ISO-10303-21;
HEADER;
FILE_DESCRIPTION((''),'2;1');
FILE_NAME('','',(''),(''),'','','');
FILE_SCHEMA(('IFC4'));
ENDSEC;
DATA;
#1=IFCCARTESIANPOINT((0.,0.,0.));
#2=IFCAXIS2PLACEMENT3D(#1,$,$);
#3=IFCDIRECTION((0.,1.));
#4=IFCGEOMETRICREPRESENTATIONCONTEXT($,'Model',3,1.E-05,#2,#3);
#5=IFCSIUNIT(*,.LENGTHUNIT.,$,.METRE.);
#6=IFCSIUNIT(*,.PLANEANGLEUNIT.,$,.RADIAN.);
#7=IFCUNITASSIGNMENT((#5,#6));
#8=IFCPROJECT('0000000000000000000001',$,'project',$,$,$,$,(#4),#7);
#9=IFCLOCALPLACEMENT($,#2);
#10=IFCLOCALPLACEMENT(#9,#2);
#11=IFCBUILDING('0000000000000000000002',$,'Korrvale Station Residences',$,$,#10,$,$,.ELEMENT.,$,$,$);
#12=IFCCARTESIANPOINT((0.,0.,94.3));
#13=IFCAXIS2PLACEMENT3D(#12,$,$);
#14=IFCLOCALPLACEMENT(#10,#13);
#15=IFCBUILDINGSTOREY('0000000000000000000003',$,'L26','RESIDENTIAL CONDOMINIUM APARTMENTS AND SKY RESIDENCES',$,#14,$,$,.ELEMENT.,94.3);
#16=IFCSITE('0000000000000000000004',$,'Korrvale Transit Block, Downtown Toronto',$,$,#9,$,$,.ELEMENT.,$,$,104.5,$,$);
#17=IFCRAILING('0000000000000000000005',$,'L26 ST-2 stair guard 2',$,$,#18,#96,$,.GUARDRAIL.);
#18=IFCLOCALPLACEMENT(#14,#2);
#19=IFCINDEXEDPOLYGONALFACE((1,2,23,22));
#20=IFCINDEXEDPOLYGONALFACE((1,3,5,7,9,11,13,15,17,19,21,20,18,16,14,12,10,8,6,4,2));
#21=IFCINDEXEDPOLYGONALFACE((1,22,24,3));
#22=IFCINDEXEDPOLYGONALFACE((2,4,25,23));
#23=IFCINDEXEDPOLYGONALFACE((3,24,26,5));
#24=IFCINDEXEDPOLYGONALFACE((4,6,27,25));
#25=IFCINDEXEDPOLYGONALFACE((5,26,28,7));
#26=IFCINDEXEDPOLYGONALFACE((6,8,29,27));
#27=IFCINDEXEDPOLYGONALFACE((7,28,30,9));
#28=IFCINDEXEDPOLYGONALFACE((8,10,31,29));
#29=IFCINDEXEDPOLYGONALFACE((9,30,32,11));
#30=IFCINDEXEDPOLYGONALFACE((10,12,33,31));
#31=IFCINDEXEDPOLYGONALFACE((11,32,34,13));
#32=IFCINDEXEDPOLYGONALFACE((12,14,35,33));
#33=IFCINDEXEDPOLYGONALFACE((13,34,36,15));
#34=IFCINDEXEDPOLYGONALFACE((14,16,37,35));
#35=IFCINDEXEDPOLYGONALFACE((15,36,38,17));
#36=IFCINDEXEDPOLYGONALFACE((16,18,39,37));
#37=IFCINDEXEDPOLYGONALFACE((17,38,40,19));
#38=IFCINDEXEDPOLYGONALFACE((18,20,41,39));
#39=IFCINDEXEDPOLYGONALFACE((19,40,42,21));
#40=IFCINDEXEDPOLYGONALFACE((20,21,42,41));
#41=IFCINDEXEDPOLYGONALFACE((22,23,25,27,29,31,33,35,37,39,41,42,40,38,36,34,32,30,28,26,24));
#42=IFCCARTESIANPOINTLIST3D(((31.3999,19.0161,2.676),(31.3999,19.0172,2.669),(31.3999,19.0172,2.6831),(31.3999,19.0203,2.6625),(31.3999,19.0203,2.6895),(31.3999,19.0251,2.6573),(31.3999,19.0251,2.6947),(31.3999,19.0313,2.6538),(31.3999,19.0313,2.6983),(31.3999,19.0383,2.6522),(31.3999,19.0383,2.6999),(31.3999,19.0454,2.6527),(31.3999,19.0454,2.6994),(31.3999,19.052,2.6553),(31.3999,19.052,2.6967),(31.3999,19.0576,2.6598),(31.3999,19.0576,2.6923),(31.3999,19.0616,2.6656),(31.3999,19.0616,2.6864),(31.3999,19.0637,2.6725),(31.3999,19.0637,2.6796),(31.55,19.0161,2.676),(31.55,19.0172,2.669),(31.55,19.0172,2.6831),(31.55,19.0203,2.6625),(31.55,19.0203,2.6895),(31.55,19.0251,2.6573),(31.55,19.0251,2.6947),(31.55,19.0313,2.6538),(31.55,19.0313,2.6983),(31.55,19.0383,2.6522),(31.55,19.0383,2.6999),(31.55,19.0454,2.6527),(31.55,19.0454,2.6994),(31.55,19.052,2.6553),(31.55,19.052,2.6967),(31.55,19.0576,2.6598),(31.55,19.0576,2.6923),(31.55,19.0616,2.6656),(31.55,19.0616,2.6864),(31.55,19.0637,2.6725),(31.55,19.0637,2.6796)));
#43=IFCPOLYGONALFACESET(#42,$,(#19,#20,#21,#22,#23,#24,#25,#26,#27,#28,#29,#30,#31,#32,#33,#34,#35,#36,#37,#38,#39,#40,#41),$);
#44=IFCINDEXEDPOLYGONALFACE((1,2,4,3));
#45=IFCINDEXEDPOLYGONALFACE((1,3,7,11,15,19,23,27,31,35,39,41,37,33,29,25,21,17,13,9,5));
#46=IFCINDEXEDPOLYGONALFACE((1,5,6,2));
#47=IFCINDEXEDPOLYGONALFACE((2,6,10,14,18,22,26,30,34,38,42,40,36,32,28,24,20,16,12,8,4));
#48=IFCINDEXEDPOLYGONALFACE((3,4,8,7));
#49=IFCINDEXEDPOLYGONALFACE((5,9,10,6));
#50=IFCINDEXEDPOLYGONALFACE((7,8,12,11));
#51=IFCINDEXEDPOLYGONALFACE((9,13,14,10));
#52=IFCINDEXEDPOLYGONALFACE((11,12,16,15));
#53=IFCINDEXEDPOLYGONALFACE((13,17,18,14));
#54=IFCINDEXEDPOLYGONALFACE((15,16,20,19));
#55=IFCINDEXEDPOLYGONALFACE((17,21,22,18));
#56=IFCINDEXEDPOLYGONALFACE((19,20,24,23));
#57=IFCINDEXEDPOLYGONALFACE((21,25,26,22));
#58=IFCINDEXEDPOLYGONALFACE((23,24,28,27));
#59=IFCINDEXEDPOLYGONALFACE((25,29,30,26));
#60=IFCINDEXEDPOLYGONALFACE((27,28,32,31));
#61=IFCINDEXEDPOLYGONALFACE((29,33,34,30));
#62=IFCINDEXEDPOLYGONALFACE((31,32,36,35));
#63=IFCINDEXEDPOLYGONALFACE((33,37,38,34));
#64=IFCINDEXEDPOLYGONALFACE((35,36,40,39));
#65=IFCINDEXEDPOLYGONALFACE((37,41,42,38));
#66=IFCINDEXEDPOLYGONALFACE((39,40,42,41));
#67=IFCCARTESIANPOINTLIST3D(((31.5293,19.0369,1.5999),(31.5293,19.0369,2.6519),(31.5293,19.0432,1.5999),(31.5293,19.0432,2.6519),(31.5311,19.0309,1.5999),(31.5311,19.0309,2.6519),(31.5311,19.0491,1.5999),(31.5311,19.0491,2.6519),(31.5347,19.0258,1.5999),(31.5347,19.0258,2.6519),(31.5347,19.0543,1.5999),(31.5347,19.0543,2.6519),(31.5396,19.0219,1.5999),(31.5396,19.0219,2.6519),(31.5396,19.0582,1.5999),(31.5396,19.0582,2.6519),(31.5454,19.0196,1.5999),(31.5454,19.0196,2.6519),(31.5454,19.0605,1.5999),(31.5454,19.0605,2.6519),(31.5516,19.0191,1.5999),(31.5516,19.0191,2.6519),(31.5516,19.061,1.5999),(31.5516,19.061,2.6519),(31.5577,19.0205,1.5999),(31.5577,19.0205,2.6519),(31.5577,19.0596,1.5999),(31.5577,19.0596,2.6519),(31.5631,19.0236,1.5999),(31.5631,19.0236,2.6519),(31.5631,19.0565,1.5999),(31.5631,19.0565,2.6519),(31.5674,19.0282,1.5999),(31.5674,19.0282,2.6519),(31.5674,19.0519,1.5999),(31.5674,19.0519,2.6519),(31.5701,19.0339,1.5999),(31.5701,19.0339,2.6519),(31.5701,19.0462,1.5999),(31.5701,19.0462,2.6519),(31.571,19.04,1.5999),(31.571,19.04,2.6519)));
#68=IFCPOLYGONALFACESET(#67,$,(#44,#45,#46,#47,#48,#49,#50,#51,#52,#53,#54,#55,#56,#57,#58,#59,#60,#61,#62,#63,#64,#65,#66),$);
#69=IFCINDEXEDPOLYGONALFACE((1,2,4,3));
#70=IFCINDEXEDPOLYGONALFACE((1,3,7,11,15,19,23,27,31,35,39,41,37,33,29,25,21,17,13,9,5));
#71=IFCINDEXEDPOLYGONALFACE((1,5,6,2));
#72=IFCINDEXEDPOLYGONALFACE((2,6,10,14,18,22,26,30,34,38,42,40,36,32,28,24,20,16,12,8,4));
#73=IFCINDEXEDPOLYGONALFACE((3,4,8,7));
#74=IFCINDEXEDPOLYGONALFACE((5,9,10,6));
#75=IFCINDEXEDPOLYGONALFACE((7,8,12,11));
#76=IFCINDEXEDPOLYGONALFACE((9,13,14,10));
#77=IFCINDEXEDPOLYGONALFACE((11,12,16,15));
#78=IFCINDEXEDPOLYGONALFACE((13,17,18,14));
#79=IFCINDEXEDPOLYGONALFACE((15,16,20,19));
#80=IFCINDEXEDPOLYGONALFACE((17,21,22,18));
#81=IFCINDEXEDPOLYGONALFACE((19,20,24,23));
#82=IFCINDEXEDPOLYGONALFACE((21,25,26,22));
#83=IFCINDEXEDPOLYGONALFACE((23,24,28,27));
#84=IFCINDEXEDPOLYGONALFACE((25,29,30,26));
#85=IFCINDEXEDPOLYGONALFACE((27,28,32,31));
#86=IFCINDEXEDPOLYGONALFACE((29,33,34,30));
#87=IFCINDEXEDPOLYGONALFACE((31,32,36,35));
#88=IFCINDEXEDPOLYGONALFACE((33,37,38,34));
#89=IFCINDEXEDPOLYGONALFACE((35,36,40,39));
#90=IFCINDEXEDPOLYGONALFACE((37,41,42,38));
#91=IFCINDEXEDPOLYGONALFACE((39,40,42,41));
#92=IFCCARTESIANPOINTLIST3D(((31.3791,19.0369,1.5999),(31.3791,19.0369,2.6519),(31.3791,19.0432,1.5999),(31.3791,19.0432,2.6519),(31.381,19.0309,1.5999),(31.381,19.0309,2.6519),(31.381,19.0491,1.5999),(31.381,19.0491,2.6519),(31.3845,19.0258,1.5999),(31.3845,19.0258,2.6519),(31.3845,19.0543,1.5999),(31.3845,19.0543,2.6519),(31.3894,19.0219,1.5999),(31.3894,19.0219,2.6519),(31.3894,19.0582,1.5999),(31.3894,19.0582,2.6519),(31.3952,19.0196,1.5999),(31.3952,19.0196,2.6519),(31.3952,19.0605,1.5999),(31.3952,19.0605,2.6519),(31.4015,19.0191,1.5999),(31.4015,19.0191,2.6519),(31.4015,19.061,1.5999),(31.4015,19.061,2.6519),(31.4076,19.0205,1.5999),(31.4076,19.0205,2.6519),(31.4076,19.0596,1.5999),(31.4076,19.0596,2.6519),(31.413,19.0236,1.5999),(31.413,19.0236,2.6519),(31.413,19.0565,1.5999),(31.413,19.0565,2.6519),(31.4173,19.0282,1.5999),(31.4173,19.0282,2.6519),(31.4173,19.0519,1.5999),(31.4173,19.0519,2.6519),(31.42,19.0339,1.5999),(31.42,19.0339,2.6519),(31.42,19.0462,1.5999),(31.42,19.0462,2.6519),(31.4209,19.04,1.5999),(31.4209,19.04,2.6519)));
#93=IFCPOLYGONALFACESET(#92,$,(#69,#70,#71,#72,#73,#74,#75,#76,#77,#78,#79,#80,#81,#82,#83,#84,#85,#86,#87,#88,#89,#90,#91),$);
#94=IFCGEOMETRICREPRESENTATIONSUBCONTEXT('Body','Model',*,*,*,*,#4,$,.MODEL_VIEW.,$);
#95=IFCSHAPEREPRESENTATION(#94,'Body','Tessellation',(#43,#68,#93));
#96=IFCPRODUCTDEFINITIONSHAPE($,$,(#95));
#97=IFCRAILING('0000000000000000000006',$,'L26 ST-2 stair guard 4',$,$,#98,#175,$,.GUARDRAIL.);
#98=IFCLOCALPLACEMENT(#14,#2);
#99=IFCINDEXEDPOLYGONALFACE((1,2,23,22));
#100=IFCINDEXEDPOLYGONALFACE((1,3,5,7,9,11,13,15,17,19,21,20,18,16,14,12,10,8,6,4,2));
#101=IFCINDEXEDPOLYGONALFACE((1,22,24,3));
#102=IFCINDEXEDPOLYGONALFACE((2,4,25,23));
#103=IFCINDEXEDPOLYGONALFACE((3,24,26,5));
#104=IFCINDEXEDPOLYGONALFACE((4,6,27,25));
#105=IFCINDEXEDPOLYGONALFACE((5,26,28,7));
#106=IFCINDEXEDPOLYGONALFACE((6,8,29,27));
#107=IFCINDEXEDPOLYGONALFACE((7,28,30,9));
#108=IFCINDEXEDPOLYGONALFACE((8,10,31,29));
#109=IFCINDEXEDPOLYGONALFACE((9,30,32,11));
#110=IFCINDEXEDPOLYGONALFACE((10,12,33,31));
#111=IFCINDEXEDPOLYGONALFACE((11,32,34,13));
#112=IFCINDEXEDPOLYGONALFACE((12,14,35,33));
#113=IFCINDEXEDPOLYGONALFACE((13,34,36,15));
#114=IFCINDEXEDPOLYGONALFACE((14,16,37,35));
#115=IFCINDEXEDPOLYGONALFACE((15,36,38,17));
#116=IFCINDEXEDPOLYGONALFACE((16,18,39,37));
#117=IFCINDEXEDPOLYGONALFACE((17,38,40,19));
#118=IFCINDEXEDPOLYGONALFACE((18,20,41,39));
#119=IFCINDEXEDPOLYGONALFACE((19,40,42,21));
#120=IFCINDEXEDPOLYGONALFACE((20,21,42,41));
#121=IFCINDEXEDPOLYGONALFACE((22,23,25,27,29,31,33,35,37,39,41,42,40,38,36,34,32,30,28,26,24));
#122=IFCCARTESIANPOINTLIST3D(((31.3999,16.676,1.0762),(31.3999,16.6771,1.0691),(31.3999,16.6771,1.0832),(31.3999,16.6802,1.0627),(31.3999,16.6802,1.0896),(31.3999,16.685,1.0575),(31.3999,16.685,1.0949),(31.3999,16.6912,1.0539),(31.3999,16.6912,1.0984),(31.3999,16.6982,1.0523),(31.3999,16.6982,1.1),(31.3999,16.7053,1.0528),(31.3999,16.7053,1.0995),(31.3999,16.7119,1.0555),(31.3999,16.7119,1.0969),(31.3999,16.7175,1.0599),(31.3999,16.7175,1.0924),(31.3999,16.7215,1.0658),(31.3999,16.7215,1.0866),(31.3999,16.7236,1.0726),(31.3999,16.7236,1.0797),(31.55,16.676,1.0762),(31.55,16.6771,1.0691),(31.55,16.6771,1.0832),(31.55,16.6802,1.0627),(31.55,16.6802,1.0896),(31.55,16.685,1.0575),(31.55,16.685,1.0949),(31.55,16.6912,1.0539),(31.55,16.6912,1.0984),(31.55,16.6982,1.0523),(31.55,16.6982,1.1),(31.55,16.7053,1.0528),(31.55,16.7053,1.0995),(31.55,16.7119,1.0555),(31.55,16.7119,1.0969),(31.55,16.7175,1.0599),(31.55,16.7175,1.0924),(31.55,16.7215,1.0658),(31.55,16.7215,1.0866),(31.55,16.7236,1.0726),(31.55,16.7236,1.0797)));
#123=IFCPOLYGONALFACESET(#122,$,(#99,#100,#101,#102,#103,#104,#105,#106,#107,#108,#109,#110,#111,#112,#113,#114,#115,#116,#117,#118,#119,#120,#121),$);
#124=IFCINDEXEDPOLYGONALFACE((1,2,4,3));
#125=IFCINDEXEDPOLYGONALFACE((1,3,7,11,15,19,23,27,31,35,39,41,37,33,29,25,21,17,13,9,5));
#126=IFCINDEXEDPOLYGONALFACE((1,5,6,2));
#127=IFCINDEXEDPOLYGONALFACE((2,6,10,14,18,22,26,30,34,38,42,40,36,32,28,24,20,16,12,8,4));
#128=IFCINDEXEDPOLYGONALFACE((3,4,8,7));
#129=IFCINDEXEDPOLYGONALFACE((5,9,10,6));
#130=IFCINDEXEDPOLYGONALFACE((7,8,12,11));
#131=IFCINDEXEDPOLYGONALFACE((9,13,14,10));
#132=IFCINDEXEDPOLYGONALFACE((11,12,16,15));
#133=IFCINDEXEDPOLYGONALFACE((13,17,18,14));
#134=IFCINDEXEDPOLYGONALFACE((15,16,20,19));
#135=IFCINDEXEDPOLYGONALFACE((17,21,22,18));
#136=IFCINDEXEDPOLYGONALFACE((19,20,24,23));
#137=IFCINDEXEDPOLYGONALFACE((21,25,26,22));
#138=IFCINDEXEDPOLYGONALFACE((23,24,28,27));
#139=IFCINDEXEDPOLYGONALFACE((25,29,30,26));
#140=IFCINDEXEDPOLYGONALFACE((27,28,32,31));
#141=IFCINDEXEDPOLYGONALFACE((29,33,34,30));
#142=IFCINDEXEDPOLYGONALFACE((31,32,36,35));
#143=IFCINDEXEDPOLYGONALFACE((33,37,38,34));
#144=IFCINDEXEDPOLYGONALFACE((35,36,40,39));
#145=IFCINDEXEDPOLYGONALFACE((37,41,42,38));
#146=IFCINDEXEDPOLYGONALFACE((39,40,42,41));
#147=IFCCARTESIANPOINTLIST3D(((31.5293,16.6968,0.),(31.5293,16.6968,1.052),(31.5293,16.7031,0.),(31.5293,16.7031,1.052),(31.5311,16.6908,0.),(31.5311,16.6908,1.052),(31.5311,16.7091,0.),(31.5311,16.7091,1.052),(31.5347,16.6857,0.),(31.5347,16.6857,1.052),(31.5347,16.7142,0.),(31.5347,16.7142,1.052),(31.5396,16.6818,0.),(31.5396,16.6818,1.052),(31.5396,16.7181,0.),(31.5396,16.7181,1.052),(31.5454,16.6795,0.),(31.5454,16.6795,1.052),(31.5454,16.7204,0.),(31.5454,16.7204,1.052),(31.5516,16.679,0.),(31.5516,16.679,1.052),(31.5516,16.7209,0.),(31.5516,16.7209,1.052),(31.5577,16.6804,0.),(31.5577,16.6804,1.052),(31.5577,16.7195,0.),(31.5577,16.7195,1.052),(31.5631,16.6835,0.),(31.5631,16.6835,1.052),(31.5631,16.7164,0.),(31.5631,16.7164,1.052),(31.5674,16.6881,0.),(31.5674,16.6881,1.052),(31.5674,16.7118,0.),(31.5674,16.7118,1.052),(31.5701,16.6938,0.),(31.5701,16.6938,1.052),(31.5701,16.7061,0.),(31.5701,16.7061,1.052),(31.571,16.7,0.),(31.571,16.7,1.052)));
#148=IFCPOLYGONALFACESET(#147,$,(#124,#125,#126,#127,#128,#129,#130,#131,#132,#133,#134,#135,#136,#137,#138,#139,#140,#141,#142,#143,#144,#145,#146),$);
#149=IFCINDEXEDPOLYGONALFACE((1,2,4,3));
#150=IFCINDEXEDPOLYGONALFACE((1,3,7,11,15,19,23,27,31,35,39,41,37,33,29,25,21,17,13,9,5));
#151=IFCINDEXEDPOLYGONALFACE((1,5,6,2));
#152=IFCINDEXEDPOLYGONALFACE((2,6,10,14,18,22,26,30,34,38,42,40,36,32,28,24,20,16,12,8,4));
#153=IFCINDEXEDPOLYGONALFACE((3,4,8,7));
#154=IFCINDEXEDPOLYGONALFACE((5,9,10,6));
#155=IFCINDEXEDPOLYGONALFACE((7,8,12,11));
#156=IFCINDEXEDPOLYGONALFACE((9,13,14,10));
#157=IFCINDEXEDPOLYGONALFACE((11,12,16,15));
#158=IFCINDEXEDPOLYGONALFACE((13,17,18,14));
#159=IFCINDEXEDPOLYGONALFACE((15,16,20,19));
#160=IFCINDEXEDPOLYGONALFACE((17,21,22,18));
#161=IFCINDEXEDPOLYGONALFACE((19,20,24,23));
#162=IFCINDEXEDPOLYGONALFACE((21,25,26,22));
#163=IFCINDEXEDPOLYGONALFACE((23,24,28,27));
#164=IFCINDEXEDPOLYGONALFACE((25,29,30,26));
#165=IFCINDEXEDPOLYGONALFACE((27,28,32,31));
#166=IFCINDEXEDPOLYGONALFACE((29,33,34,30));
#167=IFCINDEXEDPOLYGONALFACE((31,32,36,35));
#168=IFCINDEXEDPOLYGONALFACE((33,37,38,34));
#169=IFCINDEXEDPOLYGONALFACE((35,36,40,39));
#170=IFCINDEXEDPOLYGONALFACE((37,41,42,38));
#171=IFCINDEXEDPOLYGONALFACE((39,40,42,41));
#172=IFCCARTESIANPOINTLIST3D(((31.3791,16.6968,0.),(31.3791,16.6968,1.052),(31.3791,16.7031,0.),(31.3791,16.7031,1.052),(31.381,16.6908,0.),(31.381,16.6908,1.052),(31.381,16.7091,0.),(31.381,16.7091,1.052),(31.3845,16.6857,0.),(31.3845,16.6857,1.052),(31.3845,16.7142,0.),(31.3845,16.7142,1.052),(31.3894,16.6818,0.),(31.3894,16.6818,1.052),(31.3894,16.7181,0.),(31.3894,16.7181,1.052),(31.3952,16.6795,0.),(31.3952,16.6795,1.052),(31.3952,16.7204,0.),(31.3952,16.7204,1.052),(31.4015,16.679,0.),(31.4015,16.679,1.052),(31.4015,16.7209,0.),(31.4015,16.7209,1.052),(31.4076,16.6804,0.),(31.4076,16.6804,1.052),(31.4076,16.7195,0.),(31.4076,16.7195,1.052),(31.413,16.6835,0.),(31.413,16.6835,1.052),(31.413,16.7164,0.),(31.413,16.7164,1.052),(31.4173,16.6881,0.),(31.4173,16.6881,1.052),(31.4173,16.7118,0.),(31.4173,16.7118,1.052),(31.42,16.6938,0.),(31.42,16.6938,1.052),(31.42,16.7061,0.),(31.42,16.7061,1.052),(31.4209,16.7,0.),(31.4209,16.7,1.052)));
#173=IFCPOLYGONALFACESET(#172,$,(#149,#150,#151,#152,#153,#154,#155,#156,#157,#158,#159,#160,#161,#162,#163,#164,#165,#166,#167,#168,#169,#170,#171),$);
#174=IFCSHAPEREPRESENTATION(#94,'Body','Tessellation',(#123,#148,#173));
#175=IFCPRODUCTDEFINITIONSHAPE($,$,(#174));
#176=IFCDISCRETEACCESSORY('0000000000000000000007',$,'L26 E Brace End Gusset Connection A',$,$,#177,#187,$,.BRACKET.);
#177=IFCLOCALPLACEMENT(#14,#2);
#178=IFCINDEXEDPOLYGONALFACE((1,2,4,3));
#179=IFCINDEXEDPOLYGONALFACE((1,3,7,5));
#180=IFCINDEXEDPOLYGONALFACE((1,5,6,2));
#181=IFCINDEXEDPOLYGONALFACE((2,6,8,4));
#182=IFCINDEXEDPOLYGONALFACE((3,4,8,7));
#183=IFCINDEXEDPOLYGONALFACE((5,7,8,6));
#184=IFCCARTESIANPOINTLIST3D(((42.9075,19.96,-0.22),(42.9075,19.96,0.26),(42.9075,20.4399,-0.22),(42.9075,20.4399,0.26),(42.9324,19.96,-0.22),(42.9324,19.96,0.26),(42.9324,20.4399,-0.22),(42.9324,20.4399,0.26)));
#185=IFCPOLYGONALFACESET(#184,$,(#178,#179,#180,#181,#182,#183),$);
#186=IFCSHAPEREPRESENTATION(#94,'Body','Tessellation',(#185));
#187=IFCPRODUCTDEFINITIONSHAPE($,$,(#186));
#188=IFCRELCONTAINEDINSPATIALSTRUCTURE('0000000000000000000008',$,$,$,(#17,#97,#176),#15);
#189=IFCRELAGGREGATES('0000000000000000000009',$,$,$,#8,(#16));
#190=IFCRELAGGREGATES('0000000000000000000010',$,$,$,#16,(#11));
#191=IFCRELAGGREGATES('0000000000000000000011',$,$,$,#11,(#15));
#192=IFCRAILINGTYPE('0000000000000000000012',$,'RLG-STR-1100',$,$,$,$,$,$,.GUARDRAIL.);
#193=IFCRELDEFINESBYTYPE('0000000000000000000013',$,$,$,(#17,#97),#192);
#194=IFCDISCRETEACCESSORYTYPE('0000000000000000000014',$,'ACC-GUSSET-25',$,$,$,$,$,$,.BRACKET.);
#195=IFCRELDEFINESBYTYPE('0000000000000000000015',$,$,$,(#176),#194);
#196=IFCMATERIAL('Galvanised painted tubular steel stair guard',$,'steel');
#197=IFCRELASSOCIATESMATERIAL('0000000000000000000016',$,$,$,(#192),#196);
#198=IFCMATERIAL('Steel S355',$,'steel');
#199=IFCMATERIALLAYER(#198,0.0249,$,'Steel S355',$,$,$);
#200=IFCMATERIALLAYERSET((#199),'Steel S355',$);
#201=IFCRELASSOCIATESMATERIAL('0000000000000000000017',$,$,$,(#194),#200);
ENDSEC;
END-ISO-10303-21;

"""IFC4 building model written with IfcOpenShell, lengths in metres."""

from ifc_helpers import new_model, si_unit, direction, frame, origin, origin_2d, place, context, subcontext, project, spatial, rectangle, circle, extrude, material, layer, layer_set, type_object, element, save


model = new_model("IFC4")

# Units and contexts
model_context = context("Model", 3, precision=1e-05, world=origin(), true_north=direction((0.0, 1.0)))
body_context = subcontext(model_context, "Body", "Model", "MODEL_VIEW")
ifc_project = project(units=[si_unit("LENGTHUNIT", "METRE"), si_unit("PLANEANGLEUNIT", "RADIAN")], contexts=[model_context])

# Site, building, storey
site_placement = place(None, origin())
site = spatial("IfcSite", under=ifc_project, at=site_placement, Name="Korrvale Transit Block, Downtown Toronto", CompositionType="ELEMENT", RefElevation=104.5)
building_placement = place(site_placement, origin())
building = spatial("IfcBuilding", under=site, at=building_placement, Name="Korrvale Station Residences", CompositionType="ELEMENT")
storey_placement = place(building_placement, frame((0.0, 0.0, 94.3)))
storey = spatial("IfcBuildingStorey", under=building, at=storey_placement, Name="L26", Description="RESIDENTIAL CONDOMINIUM APARTMENTS AND SKY RESIDENCES", CompositionType="ELEMENT", Elevation=94.3)

# Shared definitions
ifc_material_1 = material(Name="Steel S355", Category="steel")

# Railings
ifc_material_2 = material(Name="Galvanised painted tubular steel stair guard", Category="steel")
railing_type_1 = type_object("IfcRailingType", Name="RLG-STR-1100", PredefinedType="GUARDRAIL", material=ifc_material_2)
for number, where, name in (
    (1, (31.55, 19.04, 1.5999), "L26 ST-2 stair guard 2"),
    (2, (31.55, 16.7, 0.0), "L26 ST-2 stair guard 4"),
):
    element("IfcRailing", number, at=place(storey_placement, frame(where)), inside=storey, type_object=railing_type_1, Name=name, PredefinedType="GUARDRAIL", context=body_context, shape_type="SweptSolid", body=[
        extrude(circle(Radius=0.0239, at=origin_2d()), frame((0.0, 0.0, 1.0762), z_axis=(-1.0, 0.0, 0.0), x_axis=(0.0, -1.0, 0.0)), (0.0, 0.0, 1.0), 0.1501),
        extrude(circle(Radius=0.021, at=origin_2d()), origin(), (0.0, 0.0, 1.0), 1.052),
        extrude(circle(Radius=0.021, at=origin_2d()), frame((-0.1501, 0.0, 0.0)), (0.0, 0.0, 1.0), 1.052),
    ])

# Discrete accessory
ifc_layer_1 = layer(ifc_material_1, 0.0249, Name="Steel S355")
ifc_layer_set_1 = layer_set([ifc_layer_1], Name="Steel S355")
discrete_accessory_type = type_object("IfcDiscreteAccessoryType", Name="ACC-GUSSET-25", PredefinedType="BRACKET", material=ifc_layer_set_1)
discrete_accessory_placement = place(storey_placement, frame((42.9199, 20.2, -0.22), z_axis=(0.0, 0.0, 1.0), x_axis=(0.0, 1.0, 0.0)))
element("IfcDiscreteAccessory", 3, at=discrete_accessory_placement, inside=storey, type_object=discrete_accessory_type, Name="L26 E Brace End Gusset Connection A", PredefinedType="BRACKET", context=body_context, shape_type="SweptSolid", body=[
    extrude(rectangle(XDim=0.48, YDim=0.0249, at=origin_2d()), origin(), (0.0, 0.0, 1.0), 0.48),
])

save(model, "model.ifc")
